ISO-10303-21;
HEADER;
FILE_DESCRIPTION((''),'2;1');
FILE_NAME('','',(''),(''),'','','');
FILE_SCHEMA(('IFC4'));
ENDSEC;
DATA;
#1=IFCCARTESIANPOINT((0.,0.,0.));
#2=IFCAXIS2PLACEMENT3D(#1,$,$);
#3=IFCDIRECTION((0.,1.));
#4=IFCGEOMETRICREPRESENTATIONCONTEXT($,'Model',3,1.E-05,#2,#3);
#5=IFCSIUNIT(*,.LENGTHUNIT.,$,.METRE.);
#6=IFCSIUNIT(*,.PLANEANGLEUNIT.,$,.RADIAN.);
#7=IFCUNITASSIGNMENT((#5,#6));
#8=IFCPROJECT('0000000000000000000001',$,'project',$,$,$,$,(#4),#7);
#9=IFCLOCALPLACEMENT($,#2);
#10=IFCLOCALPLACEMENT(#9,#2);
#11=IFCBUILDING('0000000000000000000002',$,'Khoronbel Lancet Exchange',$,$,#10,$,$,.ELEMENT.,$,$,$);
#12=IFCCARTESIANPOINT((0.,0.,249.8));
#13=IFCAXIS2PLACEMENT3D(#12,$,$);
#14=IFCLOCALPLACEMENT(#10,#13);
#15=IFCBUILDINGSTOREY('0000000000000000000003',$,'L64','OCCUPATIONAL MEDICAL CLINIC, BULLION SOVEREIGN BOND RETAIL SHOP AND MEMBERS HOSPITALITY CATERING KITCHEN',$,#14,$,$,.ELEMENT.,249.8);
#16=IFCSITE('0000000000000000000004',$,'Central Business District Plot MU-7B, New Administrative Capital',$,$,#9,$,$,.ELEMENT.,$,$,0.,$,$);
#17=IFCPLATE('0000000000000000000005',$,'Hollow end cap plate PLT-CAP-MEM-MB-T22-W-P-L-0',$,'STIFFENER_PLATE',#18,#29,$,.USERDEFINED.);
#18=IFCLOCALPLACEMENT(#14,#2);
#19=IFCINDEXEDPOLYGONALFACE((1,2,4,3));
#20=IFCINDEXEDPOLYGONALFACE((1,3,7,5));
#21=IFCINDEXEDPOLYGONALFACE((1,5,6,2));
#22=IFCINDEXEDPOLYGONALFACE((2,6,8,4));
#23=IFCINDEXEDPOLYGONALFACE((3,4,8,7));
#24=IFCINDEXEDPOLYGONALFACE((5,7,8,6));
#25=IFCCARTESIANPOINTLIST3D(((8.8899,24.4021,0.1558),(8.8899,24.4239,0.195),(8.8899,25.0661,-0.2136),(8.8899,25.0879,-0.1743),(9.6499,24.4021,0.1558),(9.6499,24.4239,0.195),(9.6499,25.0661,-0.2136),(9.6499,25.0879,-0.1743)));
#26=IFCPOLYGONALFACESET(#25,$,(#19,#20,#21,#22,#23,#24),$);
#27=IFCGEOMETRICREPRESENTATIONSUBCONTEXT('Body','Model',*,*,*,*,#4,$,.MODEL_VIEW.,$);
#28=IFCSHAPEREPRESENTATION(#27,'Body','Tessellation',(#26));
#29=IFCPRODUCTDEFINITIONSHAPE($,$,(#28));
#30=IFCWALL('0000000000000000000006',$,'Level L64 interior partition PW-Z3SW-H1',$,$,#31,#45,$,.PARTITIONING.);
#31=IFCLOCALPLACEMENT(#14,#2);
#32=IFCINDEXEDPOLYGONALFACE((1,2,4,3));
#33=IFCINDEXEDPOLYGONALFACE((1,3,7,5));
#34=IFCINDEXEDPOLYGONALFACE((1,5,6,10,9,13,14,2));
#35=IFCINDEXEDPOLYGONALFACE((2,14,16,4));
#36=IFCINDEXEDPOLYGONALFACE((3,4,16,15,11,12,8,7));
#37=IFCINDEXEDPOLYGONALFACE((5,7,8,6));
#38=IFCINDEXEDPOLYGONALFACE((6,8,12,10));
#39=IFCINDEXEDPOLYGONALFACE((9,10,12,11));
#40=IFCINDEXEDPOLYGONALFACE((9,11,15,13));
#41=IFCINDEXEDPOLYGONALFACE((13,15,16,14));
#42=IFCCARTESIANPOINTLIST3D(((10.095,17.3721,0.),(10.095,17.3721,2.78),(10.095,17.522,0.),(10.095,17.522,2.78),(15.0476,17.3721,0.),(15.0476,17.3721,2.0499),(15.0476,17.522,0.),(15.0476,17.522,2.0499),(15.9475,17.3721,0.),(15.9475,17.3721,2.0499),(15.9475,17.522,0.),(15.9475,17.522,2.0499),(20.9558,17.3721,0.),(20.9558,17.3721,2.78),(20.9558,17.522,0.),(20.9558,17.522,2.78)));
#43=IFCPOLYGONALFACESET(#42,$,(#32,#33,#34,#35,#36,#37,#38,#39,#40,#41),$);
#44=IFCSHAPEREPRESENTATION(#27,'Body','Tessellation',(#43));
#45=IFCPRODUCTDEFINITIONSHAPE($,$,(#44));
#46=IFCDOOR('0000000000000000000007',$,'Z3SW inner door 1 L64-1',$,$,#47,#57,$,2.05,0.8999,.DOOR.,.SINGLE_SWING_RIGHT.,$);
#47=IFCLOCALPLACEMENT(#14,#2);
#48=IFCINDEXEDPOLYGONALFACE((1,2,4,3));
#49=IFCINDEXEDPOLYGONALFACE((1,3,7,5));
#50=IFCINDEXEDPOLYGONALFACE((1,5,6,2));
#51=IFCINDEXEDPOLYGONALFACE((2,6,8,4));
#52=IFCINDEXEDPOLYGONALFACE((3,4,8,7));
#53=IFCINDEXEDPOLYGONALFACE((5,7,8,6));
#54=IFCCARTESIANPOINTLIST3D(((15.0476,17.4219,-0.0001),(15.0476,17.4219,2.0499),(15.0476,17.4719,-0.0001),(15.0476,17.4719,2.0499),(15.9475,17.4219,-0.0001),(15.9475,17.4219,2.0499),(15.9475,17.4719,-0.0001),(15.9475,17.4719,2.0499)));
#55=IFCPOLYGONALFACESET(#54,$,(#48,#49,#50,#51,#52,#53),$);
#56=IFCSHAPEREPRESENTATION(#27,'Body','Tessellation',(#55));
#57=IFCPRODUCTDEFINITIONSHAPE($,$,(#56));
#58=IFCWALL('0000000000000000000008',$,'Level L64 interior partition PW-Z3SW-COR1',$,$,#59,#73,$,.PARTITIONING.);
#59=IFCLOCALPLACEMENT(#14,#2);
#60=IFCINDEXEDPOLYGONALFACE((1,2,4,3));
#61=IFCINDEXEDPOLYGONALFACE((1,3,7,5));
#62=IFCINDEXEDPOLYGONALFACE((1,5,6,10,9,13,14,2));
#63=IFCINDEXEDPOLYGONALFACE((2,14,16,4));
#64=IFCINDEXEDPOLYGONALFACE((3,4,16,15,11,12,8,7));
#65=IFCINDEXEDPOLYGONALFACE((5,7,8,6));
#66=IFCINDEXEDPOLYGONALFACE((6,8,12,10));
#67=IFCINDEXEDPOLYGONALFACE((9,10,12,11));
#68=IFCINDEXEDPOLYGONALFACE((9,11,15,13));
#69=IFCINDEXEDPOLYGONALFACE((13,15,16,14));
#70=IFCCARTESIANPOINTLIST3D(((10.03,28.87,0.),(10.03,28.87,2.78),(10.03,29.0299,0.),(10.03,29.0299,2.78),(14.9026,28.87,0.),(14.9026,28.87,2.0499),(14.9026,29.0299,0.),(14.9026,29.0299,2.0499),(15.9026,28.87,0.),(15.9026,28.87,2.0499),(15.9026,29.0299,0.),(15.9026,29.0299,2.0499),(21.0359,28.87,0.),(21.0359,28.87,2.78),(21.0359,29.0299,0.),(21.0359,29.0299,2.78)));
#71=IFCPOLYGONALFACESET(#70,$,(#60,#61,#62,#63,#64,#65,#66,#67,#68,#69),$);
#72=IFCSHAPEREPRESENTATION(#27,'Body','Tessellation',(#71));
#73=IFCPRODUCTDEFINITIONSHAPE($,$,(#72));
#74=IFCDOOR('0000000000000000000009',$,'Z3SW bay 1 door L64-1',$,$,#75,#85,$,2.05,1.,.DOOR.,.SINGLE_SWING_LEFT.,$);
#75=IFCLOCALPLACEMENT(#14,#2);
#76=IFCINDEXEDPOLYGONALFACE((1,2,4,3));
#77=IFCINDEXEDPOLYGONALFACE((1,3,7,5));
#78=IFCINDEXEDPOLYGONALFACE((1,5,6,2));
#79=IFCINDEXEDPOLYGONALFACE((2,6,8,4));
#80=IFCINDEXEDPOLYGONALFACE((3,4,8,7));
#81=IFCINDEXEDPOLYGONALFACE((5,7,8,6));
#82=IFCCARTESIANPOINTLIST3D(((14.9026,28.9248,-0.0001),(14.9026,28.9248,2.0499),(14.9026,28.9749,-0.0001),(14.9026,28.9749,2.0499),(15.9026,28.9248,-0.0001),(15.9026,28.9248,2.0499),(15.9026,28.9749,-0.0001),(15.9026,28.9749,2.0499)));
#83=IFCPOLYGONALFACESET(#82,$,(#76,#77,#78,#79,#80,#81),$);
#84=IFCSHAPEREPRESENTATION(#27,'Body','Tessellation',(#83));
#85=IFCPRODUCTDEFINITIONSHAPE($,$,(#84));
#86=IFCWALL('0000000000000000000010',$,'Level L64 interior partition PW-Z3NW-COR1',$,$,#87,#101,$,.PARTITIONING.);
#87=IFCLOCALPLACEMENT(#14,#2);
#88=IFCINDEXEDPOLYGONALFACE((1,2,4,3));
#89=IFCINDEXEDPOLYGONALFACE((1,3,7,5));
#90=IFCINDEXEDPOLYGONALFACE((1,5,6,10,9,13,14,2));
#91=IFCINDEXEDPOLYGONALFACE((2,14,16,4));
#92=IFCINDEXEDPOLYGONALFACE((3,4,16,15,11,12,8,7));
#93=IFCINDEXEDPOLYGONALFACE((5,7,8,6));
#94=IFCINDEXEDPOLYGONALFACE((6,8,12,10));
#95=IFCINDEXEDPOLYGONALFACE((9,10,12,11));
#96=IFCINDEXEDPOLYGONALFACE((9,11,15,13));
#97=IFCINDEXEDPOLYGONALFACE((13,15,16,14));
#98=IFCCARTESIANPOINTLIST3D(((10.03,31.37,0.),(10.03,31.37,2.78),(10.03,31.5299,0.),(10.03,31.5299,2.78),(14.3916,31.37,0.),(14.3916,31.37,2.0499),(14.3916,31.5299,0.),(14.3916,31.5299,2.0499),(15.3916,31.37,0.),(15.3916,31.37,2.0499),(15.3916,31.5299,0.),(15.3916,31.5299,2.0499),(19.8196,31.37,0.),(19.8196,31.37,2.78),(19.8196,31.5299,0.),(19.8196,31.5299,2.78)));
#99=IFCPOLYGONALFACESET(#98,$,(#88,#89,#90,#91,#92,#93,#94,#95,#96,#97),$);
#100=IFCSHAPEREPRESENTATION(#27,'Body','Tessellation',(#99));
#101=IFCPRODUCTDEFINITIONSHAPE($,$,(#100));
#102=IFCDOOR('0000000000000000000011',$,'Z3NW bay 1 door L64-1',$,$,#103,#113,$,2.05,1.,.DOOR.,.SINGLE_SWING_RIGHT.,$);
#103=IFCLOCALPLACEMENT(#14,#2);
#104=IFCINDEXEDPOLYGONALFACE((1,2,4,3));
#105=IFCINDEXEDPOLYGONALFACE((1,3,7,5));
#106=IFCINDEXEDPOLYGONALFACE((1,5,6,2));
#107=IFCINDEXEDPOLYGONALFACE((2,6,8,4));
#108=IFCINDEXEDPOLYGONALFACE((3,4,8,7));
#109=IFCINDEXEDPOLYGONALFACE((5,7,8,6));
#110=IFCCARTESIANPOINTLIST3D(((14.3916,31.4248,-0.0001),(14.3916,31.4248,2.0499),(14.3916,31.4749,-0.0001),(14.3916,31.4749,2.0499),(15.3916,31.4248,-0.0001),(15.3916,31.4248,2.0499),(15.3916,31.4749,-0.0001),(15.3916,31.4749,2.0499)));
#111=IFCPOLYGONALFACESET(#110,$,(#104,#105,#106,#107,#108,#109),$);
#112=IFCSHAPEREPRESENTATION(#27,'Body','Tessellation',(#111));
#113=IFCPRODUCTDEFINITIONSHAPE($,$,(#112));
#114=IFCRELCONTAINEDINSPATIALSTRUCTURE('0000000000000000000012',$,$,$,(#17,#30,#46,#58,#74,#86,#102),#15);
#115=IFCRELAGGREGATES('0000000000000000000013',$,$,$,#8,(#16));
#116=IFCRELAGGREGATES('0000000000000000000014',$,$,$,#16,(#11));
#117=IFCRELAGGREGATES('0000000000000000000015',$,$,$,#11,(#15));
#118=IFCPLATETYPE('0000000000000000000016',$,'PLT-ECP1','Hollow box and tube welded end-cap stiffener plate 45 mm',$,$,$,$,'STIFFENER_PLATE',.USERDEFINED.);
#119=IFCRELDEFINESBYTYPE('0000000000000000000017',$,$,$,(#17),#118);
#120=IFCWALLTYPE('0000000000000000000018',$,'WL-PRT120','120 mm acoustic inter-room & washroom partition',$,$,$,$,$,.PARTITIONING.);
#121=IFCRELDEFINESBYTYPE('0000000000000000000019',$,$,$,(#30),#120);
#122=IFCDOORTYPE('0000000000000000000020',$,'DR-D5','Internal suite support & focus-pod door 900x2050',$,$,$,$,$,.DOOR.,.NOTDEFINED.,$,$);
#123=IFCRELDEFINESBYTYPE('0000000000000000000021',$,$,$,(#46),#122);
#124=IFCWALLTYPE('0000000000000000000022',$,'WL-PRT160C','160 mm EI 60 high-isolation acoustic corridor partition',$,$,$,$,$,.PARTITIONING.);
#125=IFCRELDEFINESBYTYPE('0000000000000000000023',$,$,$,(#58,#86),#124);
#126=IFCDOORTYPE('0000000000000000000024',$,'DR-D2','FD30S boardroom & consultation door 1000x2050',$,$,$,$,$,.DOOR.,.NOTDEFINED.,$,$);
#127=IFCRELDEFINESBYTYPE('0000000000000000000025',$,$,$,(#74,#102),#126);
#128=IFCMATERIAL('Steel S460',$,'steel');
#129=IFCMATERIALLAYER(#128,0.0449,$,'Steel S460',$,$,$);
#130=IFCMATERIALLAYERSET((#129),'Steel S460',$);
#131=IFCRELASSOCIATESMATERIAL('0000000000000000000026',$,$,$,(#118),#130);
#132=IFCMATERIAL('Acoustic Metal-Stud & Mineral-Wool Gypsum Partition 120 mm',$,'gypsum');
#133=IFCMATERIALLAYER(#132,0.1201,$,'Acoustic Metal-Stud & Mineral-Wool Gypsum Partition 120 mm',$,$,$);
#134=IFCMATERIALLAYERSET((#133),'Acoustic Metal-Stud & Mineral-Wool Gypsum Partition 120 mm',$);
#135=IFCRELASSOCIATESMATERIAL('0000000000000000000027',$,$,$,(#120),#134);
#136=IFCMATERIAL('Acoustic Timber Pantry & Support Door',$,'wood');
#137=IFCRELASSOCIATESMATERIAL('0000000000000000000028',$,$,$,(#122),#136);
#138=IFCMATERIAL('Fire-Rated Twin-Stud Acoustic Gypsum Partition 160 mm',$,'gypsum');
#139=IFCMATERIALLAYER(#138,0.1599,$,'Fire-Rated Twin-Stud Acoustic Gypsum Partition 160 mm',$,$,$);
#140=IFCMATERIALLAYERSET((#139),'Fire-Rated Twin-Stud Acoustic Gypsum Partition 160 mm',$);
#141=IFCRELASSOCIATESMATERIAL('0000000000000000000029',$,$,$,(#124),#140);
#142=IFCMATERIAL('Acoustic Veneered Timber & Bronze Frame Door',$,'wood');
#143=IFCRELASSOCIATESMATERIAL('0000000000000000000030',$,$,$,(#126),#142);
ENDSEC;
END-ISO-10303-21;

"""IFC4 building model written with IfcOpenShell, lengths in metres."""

from ifc_helpers import new_model, si_unit, direction, frame, frame_2d, origin, place, context, subcontext, project, spatial, polyline, rectangle, outline, extrude, material, layer, layer_set, type_object, element, fill, save


model = new_model("IFC4")

# Units and contexts
model_context = context("Model", 3, precision=1e-05, world=origin(), true_north=direction((0.0, 1.0)))
body_context = subcontext(model_context, "Body", "Model", "MODEL_VIEW")
ifc_project = project(units=[si_unit("LENGTHUNIT", "METRE"), si_unit("PLANEANGLEUNIT", "RADIAN")], contexts=[model_context])

# Site, building, storey
site_placement = place(None, origin())
site = spatial("IfcSite", under=ifc_project, at=site_placement, Name="Central Business District Plot MU-7B, New Administrative Capital", CompositionType="ELEMENT", RefElevation=0.0)
building_placement = place(site_placement, origin())
building = spatial("IfcBuilding", under=site, at=building_placement, Name="Khoronbel Lancet Exchange", CompositionType="ELEMENT")
storey_placement = place(building_placement, frame((0.0, 0.0, 249.8)))
storey = spatial("IfcBuildingStorey", under=building, at=storey_placement, Name="L64", Description="OCCUPATIONAL MEDICAL CLINIC, BULLION SOVEREIGN BOND RETAIL SHOP AND MEMBERS HOSPITALITY CATERING KITCHEN", CompositionType="ELEMENT", Elevation=249.8)

# Shared definitions
ifc_material_1 = material(Name="Steel S460", Category="steel")

# Plate
ifc_layer_1 = layer(ifc_material_1, 0.0449, Name="Steel S460")
ifc_layer_set_1 = layer_set([ifc_layer_1], Name="Steel S460")
plate_type = type_object("IfcPlateType", Name="PLT-ECP1", Description="Hollow box and tube welded end-cap stiffener plate 45 mm", ElementType="STIFFENER_PLATE", PredefinedType="USERDEFINED", material=ifc_layer_set_1)
plate_1_placement = place(storey_placement, frame((9.6499, 25.0879, -0.1743), z_axis=(0.0, 0.486107, 0.8739), x_axis=(-1.0, 0.0, 0.0)))
element("IfcPlate", 1, at=plate_1_placement, inside=storey, type_object=plate_type, Name="Hollow end cap plate PLT-CAP-MEM-MB-T22-W-P-L-0", ObjectType="STIFFENER_PLATE", PredefinedType="USERDEFINED", context=body_context, shape_type="SweptSolid", body=[
    extrude(outline(polyline([(0.0, 0.0), (0.76, 0.0), (0.76, 0.7598), (0.0, 0.7598), (0.0, 0.0)])), origin(), (0.0, 0.0, -1.0), 0.0449),
])

# Walls, openings, doors
ifc_material_2 = material(Name="Acoustic Metal-Stud & Mineral-Wool Gypsum Partition 120 mm", Category="gypsum")
ifc_layer_2 = layer(ifc_material_2, 0.1201, Name="Acoustic Metal-Stud & Mineral-Wool Gypsum Partition 120 mm")
ifc_layer_set_2 = layer_set([ifc_layer_2], Name="Acoustic Metal-Stud & Mineral-Wool Gypsum Partition 120 mm")
wall_type_1 = type_object("IfcWallType", Name="WL-PRT120", Description="120 mm acoustic inter-room & washroom partition", PredefinedType="PARTITIONING", material=ifc_layer_set_2)
wall_1_placement = place(storey_placement, frame((10.095, 17.447, 0.0), z_axis=(0.0, 0.0, 1.0), x_axis=(1.0, 0.0, 0.0)))
wall_1 = element("IfcWall", 2, at=wall_1_placement, inside=storey, type_object=wall_type_1, Name="Level L64 interior partition PW-Z3SW-H1", PredefinedType="PARTITIONING", context=body_context, shape_type="SweptSolid", body=[
    extrude(rectangle(XDim=10.8608, YDim=0.1499, at=frame_2d((5.4304, 0.0))), origin(), (0.0, 0.0, 1.0), 2.78),
])
opening_1_placement = place(wall_1_placement, frame((4.9526, 0.0, 0.0)))
opening_1 = element("IfcOpeningElement", 3, at=opening_1_placement, cuts=wall_1, PredefinedType="OPENING", context=body_context, shape_type="SweptSolid", body=[
    extrude(rectangle(XDim=0.8999, YDim=2.05, at=frame_2d((0.45, 1.0249))), frame((0.0, 0.085, 0.0), z_axis=(0.0, -1.0, 0.0), x_axis=(1.0, 0.0, 0.0)), (0.0, 0.0, 1.0), 0.1699),
])
ifc_material_3 = material(Name="Acoustic Timber Pantry & Support Door", Category="wood")
door_type_1 = type_object("IfcDoorType", Name="DR-D5", Description="Internal suite support & focus-pod door 900x2050", OperationType="NOTDEFINED", PredefinedType="DOOR", material=ifc_material_3)
door_1_placement = place(opening_1_placement, origin())
door_1 = element("IfcDoor", 4, at=door_1_placement, inside=storey, type_object=door_type_1, Name="Z3SW inner door 1 L64-1", OperationType="SINGLE_SWING_RIGHT", OverallHeight=2.05, OverallWidth=0.8999, PredefinedType="DOOR", context=body_context, shape_type="SweptSolid", body=[
    extrude(rectangle(XDim=0.8999, YDim=2.05, at=frame_2d((0.45, 1.0249))), frame((0.0, 0.0249, 0.0), z_axis=(0.0, -1.0, 0.0), x_axis=(1.0, 0.0, 0.0)), (0.0, 0.0, 1.0), 0.05),
])
fill(opening_1, door_1)
ifc_material_4 = material(Name="Fire-Rated Twin-Stud Acoustic Gypsum Partition 160 mm", Category="gypsum")
ifc_layer_3 = layer(ifc_material_4, 0.1599, Name="Fire-Rated Twin-Stud Acoustic Gypsum Partition 160 mm")
ifc_layer_set_3 = layer_set([ifc_layer_3], Name="Fire-Rated Twin-Stud Acoustic Gypsum Partition 160 mm")
wall_type_2 = type_object("IfcWallType", Name="WL-PRT160C", Description="160 mm EI 60 high-isolation acoustic corridor partition", PredefinedType="PARTITIONING", material=ifc_layer_set_3)
wall_2_placement = place(storey_placement, frame((10.03, 28.95, 0.0), z_axis=(0.0, 0.0, 1.0), x_axis=(1.0, 0.0, 0.0)))
wall_2 = element("IfcWall", 5, at=wall_2_placement, inside=storey, type_object=wall_type_2, Name="Level L64 interior partition PW-Z3SW-COR1", PredefinedType="PARTITIONING", context=body_context, shape_type="SweptSolid", body=[
    extrude(rectangle(XDim=11.0059, YDim=0.1599, at=frame_2d((5.5029, 0.0))), origin(), (0.0, 0.0, 1.0), 2.78),
])
opening_2_placement = place(wall_2_placement, frame((4.8726, 0.0, 0.0)))
opening_2 = element("IfcOpeningElement", 6, at=opening_2_placement, cuts=wall_2, PredefinedType="OPENING", context=body_context, shape_type="SweptSolid", body=[
    extrude(rectangle(XDim=1.0, YDim=2.05, at=frame_2d((0.5, 1.0249))), frame((0.0, 0.0898, 0.0), z_axis=(0.0, -1.0, 0.0), x_axis=(1.0, 0.0, 0.0)), (0.0, 0.0, 1.0), 0.1799),
])
ifc_material_5 = material(Name="Acoustic Veneered Timber & Bronze Frame Door", Category="wood")
door_type_2 = type_object("IfcDoorType", Name="DR-D2", Description="FD30S boardroom & consultation door 1000x2050", OperationType="NOTDEFINED", PredefinedType="DOOR", material=ifc_material_5)
door_2_placement = place(opening_2_placement, origin())
door_2 = element("IfcDoor", 7, at=door_2_placement, inside=storey, type_object=door_type_2, Name="Z3SW bay 1 door L64-1", OperationType="SINGLE_SWING_LEFT", OverallHeight=2.05, OverallWidth=1.0, PredefinedType="DOOR", context=body_context, shape_type="SweptSolid", body=[
    extrude(rectangle(XDim=1.0, YDim=2.05, at=frame_2d((0.5, 1.0249))), frame((0.0, 0.0249, 0.0), z_axis=(0.0, -1.0, 0.0), x_axis=(1.0, 0.0, 0.0)), (0.0, 0.0, 1.0), 0.05),
])
fill(opening_2, door_2)
wall_3_placement = place(storey_placement, frame((10.03, 31.45, 0.0), z_axis=(0.0, 0.0, 1.0), x_axis=(1.0, 0.0, 0.0)))
wall_3 = element("IfcWall", 8, at=wall_3_placement, inside=storey, type_object=wall_type_2, Name="Level L64 interior partition PW-Z3NW-COR1", PredefinedType="PARTITIONING", context=body_context, shape_type="SweptSolid", body=[
    extrude(rectangle(XDim=9.7896, YDim=0.1599, at=frame_2d((4.8948, 0.0))), origin(), (0.0, 0.0, 1.0), 2.78),
])
opening_3_placement = place(wall_3_placement, frame((4.3616, 0.0, 0.0)))
opening_3 = element("IfcOpeningElement", 9, at=opening_3_placement, cuts=wall_3, PredefinedType="OPENING", context=body_context, shape_type="SweptSolid", body=[
    extrude(rectangle(XDim=1.0, YDim=2.05, at=frame_2d((0.5, 1.0249))), frame((0.0, 0.0898, 0.0), z_axis=(0.0, -1.0, 0.0), x_axis=(1.0, 0.0, 0.0)), (0.0, 0.0, 1.0), 0.1799),
])
door_3_placement = place(opening_3_placement, origin())
door_3 = element("IfcDoor", 10, at=door_3_placement, inside=storey, type_object=door_type_2, Name="Z3NW bay 1 door L64-1", OperationType="SINGLE_SWING_RIGHT", OverallHeight=2.05, OverallWidth=1.0, PredefinedType="DOOR", context=body_context, shape_type="SweptSolid", body=[
    extrude(rectangle(XDim=1.0, YDim=2.05, at=frame_2d((0.5, 1.0249))), frame((0.0, 0.0249, 0.0), z_axis=(0.0, -1.0, 0.0), x_axis=(1.0, 0.0, 0.0)), (0.0, 0.0, 1.0), 0.05),
])
fill(opening_3, door_3)

save(model, "model.ifc")
